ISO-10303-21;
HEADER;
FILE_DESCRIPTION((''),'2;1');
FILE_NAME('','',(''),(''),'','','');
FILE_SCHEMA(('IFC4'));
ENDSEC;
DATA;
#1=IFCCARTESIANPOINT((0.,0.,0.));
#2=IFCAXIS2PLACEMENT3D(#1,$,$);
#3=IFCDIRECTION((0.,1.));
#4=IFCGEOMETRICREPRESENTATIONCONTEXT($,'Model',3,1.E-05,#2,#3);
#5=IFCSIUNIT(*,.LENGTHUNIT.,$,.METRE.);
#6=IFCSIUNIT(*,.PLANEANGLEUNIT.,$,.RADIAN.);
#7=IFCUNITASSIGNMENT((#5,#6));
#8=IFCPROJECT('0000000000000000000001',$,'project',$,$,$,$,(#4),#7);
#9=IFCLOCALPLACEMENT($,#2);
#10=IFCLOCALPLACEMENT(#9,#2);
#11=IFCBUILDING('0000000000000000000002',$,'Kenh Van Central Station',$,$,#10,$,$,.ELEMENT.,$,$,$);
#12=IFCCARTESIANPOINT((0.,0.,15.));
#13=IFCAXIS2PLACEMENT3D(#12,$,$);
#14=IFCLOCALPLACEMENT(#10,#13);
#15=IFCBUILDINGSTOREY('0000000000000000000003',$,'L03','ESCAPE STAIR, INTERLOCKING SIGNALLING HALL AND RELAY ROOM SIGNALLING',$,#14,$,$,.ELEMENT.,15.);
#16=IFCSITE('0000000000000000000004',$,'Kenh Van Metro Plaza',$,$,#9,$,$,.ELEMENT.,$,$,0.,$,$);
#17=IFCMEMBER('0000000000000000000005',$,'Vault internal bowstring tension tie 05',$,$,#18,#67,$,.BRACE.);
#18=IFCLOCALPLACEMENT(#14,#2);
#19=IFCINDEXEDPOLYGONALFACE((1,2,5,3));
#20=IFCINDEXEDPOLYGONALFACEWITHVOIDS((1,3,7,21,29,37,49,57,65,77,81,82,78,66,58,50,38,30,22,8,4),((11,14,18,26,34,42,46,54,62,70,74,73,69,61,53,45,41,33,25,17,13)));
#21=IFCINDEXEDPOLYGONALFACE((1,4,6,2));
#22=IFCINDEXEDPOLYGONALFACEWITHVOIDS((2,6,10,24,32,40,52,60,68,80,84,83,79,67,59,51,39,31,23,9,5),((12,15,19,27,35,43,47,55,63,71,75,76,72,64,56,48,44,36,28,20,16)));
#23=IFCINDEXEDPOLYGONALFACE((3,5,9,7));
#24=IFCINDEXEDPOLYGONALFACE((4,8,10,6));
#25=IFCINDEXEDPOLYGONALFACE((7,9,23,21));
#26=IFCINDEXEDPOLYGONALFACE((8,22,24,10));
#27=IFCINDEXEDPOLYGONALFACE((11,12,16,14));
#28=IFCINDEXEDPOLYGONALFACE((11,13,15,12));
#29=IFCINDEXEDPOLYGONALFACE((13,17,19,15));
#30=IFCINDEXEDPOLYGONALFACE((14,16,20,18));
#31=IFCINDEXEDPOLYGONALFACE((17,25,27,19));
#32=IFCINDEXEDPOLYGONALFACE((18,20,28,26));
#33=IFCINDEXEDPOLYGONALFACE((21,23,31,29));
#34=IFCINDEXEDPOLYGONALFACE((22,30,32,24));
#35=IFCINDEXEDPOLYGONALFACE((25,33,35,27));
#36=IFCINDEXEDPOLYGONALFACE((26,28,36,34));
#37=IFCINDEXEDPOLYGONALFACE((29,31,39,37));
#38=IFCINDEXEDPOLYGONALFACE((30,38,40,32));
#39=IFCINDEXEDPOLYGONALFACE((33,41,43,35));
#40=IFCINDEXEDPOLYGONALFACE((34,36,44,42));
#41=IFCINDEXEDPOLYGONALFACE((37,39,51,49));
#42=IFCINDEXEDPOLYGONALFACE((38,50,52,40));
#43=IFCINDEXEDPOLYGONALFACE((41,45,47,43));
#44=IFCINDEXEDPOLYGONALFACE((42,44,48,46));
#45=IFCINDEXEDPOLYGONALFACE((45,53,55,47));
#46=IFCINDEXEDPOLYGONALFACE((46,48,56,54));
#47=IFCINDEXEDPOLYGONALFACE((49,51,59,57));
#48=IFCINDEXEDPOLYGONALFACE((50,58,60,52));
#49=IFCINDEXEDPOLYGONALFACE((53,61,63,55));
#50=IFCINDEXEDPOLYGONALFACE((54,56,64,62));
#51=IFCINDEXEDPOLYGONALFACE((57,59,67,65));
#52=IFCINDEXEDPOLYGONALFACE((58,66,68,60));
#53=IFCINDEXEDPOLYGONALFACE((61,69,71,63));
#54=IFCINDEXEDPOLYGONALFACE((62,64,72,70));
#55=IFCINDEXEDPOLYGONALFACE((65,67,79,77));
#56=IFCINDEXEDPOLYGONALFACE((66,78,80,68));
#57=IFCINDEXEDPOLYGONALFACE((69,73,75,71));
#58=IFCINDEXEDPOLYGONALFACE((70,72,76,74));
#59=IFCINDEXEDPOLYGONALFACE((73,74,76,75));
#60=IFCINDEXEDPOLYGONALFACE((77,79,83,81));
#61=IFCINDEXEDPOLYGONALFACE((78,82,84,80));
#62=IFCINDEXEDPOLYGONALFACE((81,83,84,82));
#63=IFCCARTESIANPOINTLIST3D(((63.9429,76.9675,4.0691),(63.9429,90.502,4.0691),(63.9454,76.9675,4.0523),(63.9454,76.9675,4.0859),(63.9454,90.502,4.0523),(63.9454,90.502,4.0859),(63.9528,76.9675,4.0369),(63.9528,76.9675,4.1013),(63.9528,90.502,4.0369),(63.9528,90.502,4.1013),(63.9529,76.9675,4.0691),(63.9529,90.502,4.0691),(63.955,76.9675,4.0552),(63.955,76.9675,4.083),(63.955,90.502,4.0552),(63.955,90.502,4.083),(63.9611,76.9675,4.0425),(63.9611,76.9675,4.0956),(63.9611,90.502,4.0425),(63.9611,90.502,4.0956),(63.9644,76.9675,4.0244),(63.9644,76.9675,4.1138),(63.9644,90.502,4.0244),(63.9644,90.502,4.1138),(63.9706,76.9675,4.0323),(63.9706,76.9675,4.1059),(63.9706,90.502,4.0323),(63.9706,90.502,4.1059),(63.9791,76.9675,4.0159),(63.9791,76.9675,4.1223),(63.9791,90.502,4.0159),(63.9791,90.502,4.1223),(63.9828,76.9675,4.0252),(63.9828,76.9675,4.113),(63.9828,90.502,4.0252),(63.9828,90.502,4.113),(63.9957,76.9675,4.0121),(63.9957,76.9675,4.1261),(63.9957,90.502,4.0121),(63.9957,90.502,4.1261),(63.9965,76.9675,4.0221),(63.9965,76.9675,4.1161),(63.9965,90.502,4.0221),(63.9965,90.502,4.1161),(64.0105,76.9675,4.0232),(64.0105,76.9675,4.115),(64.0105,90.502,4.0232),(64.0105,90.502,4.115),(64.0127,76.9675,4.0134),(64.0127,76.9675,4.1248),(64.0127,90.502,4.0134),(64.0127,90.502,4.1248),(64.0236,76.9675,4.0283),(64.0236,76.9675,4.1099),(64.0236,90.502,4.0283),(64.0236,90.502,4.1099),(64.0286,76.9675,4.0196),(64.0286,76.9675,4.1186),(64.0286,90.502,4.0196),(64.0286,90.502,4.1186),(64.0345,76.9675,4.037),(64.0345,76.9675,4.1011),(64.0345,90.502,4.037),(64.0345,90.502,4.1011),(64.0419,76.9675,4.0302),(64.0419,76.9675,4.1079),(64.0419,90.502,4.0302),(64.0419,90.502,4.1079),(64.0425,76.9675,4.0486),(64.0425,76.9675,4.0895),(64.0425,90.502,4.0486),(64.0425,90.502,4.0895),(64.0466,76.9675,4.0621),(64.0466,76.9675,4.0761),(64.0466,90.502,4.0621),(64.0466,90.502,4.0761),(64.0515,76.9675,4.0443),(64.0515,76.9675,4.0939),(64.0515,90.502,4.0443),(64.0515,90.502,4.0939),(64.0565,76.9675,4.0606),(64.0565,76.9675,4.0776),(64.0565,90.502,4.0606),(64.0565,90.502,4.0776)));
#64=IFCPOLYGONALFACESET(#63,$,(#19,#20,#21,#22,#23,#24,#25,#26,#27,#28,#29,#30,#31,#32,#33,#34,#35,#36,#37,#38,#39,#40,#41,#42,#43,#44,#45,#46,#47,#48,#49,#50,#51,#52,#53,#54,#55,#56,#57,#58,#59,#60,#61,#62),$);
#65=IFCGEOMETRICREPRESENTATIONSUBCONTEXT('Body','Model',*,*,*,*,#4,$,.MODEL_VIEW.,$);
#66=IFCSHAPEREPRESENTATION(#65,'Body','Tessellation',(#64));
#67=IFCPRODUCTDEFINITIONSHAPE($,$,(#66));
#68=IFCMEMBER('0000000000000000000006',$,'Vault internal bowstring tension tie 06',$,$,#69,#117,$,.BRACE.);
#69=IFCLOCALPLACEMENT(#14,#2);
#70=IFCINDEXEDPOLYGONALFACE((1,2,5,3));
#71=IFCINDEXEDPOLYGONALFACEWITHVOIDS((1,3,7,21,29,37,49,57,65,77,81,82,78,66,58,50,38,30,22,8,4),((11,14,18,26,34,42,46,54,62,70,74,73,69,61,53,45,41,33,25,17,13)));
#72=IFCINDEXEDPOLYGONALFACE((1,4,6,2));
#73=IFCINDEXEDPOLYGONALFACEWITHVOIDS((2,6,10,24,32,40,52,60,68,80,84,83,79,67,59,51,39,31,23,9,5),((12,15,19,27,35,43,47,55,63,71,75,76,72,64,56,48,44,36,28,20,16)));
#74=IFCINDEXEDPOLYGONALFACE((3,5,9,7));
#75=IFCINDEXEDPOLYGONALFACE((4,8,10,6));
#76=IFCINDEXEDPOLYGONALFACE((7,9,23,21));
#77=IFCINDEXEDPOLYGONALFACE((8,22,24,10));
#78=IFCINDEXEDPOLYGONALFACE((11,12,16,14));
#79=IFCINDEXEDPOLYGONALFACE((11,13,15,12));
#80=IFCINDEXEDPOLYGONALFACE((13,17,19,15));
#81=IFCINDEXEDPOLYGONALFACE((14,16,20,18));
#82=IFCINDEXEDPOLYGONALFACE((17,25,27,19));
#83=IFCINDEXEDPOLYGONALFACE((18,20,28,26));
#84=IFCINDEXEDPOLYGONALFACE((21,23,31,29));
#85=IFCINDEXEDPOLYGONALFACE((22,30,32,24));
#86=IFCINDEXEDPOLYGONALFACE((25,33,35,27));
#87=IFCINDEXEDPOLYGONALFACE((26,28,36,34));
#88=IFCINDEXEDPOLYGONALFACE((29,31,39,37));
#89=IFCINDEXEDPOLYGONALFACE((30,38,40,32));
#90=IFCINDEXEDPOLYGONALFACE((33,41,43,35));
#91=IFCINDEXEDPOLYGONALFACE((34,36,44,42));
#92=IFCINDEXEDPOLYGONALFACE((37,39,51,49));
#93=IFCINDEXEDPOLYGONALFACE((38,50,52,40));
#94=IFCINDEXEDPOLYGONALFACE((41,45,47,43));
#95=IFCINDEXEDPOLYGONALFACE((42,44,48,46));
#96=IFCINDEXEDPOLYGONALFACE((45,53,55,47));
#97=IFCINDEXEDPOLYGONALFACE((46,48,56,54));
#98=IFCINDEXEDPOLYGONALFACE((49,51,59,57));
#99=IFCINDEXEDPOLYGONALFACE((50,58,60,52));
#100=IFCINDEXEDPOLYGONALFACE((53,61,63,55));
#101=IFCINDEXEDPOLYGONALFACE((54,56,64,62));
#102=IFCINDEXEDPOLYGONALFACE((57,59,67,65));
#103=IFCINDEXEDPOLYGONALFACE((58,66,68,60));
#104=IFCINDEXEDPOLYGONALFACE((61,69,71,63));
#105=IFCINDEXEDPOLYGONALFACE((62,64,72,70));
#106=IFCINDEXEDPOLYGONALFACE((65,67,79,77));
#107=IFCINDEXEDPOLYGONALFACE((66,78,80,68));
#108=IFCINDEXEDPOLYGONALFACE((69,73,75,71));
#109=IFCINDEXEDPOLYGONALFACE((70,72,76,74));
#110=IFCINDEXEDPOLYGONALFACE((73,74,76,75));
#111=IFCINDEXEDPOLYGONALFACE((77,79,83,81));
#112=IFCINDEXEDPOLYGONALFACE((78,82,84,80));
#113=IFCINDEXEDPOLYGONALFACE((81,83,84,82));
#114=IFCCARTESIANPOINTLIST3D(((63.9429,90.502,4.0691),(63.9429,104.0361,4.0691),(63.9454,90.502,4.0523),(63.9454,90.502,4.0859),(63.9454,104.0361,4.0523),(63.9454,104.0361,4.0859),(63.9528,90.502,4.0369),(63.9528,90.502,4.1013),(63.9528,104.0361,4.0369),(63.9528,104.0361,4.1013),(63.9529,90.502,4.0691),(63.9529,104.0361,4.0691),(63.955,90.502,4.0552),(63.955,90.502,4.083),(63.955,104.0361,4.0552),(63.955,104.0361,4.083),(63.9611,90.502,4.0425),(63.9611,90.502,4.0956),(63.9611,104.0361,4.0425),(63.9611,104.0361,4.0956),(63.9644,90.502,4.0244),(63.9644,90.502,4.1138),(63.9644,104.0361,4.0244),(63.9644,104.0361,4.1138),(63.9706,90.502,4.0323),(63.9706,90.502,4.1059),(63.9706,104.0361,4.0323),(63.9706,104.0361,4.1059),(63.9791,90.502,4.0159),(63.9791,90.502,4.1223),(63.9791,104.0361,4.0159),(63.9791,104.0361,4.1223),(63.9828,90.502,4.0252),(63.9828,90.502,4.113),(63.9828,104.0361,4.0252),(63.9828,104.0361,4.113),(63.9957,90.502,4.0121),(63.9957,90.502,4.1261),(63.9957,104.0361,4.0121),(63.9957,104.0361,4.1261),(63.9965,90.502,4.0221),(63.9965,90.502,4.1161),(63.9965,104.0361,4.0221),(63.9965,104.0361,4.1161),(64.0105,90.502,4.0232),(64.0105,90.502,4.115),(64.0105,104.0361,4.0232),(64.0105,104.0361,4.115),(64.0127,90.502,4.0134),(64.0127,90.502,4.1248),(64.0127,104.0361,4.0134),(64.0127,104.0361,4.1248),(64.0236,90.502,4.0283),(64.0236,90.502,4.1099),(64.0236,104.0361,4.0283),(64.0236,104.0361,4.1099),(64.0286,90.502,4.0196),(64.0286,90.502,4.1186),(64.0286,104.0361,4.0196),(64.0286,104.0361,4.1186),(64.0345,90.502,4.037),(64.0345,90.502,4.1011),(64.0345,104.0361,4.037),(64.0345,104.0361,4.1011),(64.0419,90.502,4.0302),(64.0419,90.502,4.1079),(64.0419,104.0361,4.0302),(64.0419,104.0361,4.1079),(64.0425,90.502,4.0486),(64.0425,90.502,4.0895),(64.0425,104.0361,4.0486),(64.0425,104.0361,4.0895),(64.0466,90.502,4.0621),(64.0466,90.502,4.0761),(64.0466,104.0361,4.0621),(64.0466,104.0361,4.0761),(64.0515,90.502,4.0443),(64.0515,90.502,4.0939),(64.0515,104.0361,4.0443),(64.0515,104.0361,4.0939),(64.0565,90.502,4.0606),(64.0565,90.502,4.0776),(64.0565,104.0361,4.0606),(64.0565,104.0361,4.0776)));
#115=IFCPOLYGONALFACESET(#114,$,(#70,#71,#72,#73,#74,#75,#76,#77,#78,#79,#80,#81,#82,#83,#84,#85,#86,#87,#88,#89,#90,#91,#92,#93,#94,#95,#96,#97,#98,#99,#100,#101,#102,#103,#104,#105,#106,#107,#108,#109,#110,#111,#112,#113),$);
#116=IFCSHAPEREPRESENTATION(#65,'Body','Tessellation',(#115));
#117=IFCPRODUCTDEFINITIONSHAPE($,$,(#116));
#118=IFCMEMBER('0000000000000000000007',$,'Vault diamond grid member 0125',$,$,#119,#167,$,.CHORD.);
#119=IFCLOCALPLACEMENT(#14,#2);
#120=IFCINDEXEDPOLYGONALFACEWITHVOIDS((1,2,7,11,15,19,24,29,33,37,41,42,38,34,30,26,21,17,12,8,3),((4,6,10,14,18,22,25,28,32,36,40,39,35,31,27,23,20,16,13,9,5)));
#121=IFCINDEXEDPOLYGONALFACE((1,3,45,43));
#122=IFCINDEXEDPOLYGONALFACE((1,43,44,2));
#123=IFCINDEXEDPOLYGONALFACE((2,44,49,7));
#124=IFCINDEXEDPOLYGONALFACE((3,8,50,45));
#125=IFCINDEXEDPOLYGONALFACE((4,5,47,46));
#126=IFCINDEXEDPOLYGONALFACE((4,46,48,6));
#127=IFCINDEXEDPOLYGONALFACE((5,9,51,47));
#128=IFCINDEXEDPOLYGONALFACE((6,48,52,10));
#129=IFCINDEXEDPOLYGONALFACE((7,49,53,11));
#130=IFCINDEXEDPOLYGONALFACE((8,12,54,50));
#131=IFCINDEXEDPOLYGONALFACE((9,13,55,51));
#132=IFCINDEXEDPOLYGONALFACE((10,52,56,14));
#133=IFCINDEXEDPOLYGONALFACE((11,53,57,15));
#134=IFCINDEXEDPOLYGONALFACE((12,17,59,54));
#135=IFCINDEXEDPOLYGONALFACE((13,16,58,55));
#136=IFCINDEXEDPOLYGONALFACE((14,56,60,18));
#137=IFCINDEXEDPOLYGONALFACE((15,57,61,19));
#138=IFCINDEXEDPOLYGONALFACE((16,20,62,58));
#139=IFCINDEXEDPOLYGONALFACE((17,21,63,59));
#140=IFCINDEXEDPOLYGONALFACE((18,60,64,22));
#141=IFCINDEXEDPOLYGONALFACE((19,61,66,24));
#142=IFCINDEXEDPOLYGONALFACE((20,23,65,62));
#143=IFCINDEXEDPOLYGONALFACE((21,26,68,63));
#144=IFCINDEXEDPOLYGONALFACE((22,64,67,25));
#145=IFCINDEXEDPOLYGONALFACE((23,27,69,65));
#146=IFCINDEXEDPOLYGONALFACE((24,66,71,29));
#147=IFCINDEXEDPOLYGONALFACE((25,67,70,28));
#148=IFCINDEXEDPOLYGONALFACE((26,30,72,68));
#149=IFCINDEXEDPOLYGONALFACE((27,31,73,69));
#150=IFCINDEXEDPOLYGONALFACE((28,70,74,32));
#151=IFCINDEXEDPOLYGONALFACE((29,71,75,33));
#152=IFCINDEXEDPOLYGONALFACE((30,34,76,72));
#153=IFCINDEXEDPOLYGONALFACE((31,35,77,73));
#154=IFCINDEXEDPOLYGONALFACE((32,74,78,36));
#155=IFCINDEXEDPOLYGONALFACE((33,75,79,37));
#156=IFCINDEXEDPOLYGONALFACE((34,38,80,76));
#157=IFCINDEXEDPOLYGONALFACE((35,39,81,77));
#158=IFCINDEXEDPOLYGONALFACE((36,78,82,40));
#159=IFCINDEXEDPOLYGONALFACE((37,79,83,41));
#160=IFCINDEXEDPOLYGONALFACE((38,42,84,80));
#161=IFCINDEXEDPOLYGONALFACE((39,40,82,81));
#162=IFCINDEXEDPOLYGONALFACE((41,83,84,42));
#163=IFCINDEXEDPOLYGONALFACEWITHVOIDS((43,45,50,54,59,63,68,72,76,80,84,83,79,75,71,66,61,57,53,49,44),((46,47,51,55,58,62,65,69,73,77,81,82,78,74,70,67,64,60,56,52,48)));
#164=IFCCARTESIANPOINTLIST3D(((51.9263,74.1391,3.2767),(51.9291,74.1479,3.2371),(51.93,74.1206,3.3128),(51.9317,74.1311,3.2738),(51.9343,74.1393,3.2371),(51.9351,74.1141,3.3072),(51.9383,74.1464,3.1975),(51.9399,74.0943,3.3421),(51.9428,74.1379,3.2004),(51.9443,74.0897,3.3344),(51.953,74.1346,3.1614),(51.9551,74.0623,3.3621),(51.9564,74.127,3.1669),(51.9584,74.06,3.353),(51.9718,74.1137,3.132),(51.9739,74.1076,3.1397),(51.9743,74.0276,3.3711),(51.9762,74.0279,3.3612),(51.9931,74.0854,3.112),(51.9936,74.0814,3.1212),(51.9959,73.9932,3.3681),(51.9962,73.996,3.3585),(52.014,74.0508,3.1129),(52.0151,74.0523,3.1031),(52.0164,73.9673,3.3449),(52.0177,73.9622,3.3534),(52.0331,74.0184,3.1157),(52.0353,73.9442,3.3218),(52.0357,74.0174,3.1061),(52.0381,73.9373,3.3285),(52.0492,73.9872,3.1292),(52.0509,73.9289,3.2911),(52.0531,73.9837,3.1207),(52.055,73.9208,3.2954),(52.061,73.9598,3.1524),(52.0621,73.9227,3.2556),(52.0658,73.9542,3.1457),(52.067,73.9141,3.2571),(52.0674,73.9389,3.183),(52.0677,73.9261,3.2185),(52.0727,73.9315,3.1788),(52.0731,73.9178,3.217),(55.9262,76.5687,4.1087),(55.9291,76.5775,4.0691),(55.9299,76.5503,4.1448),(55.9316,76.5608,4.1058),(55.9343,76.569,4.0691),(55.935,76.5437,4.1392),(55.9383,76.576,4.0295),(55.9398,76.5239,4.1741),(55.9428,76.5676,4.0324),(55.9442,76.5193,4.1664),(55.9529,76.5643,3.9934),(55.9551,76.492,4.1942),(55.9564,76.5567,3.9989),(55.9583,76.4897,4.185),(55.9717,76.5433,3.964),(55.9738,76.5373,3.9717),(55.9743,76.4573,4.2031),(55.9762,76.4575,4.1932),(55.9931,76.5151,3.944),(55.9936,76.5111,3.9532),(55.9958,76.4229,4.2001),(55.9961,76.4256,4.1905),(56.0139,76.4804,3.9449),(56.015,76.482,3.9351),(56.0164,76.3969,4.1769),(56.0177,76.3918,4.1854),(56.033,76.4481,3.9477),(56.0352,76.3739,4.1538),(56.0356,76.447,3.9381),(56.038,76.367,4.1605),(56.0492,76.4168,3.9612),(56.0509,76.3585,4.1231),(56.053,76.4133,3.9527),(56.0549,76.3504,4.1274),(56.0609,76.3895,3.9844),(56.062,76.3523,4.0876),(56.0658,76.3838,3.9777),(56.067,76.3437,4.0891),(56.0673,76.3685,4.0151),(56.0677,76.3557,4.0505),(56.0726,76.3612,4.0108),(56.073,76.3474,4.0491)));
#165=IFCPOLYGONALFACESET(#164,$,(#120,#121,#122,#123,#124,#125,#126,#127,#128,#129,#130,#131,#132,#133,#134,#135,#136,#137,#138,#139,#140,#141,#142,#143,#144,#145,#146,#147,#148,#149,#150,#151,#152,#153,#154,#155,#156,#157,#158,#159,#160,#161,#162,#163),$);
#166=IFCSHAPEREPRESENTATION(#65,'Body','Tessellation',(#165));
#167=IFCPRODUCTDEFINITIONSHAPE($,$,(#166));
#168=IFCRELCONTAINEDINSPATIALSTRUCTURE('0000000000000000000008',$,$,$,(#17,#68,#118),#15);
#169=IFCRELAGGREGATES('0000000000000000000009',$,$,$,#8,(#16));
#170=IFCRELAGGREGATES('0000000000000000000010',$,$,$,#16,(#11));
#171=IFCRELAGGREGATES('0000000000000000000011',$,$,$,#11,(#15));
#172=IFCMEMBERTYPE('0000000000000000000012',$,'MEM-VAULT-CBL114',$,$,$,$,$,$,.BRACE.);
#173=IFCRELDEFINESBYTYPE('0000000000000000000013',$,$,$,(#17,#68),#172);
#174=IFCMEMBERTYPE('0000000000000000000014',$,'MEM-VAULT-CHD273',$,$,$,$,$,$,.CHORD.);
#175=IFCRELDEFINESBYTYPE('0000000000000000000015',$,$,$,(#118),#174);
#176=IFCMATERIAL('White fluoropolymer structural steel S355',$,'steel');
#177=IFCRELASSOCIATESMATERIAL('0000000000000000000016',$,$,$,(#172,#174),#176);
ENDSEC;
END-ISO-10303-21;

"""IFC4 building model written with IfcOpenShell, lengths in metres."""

from ifc_helpers import new_model, si_unit, direction, frame, origin, origin_2d, place, context, subcontext, project, spatial, hollow_circle, extrude, material, material_profile, profile_set, type_object, element, save


model = new_model("IFC4")

# Units and contexts
model_context = context("Model", 3, precision=1e-05, world=origin(), true_north=direction((0.0, 1.0)))
body_context = subcontext(model_context, "Body", "Model", "MODEL_VIEW")
ifc_project = project(units=[si_unit("LENGTHUNIT", "METRE"), si_unit("PLANEANGLEUNIT", "RADIAN")], contexts=[model_context])

# Site, building, storey
site_placement = place(None, origin())
site = spatial("IfcSite", under=ifc_project, at=site_placement, Name="Kenh Van Metro Plaza", CompositionType="ELEMENT", RefElevation=0.0)
building_placement = place(site_placement, origin())
building = spatial("IfcBuilding", under=site, at=building_placement, Name="Kenh Van Central Station", CompositionType="ELEMENT")
storey_placement = place(building_placement, frame((0.0, 0.0, 15.0)))
storey = spatial("IfcBuildingStorey", under=building, at=storey_placement, Name="L03", Description="ESCAPE STAIR, INTERLOCKING SIGNALLING HALL AND RELAY ROOM SIGNALLING", CompositionType="ELEMENT", Elevation=15.0)

# Shared definitions
ifc_material_1 = material(Name="White fluoropolymer structural steel S355", Category="steel")

# Members
ifc_material_profile_1 = material_profile(ifc_material_1, hollow_circle(Radius=0.0571, WallThickness=0.01, at=origin_2d()), Name="CHS 114.3x10")
ifc_profile_set_1 = profile_set([ifc_material_profile_1], Name="White fluoropolymer structural steel S355")
member_type_1 = type_object("IfcMemberType", Name="MEM-VAULT-CBL114", PredefinedType="BRACE", material=ifc_profile_set_1)
member_1_placement = place(storey_placement, frame((64.0, 76.9675, 4.0691), z_axis=(0.0, 1.0, 0.0), x_axis=(-1.0, 0.0, 0.0)))
element("IfcMember", 1, at=member_1_placement, inside=storey, type_object=member_type_1, Name="Vault internal bowstring tension tie 05", PredefinedType="BRACE", context=body_context, shape_type="SweptSolid", body=[
    extrude(hollow_circle(Radius=0.0571, WallThickness=0.01, at=origin_2d()), origin(), (0.0, 0.0, 1.0), 13.5344),
])
member_2_placement = place(storey_placement, frame((64.0, 90.502, 4.0691), z_axis=(0.0, 1.0, 0.0), x_axis=(-1.0, 0.0, 0.0)))
element("IfcMember", 2, at=member_2_placement, inside=storey, type_object=member_type_1, Name="Vault internal bowstring tension tie 06", PredefinedType="BRACE", context=body_context, shape_type="SweptSolid", body=[
    extrude(hollow_circle(Radius=0.0571, WallThickness=0.01, at=origin_2d()), origin(), (0.0, 0.0, 1.0), 13.5342),
])
ifc_material_profile_2 = material_profile(ifc_material_1, hollow_circle(Radius=0.1365, WallThickness=0.01, at=origin_2d()), Name="CHS 273x10")
ifc_profile_set_2 = profile_set([ifc_material_profile_2], Name="White fluoropolymer structural steel S355")
member_type_2 = type_object("IfcMemberType", Name="MEM-VAULT-CHD273", PredefinedType="CHORD", material=ifc_profile_set_2)
member_3_placement = place(storey_placement, frame((52.0, 74.0312, 3.2371), z_axis=(0.841487, 0.511138, 0.175036), x_axis=(-0.519152, 0.854682, 0.0)))
element("IfcMember", 3, at=member_3_placement, inside=storey, type_object=member_type_2, Name="Vault diamond grid member 0125", PredefinedType="CHORD", context=body_context, shape_type="SweptSolid", body=[
    extrude(hollow_circle(Radius=0.1365, WallThickness=0.01, at=origin_2d()), origin(), (0.0, 0.0, 1.0), 4.7534),
])

save(model, "model.ifc")
